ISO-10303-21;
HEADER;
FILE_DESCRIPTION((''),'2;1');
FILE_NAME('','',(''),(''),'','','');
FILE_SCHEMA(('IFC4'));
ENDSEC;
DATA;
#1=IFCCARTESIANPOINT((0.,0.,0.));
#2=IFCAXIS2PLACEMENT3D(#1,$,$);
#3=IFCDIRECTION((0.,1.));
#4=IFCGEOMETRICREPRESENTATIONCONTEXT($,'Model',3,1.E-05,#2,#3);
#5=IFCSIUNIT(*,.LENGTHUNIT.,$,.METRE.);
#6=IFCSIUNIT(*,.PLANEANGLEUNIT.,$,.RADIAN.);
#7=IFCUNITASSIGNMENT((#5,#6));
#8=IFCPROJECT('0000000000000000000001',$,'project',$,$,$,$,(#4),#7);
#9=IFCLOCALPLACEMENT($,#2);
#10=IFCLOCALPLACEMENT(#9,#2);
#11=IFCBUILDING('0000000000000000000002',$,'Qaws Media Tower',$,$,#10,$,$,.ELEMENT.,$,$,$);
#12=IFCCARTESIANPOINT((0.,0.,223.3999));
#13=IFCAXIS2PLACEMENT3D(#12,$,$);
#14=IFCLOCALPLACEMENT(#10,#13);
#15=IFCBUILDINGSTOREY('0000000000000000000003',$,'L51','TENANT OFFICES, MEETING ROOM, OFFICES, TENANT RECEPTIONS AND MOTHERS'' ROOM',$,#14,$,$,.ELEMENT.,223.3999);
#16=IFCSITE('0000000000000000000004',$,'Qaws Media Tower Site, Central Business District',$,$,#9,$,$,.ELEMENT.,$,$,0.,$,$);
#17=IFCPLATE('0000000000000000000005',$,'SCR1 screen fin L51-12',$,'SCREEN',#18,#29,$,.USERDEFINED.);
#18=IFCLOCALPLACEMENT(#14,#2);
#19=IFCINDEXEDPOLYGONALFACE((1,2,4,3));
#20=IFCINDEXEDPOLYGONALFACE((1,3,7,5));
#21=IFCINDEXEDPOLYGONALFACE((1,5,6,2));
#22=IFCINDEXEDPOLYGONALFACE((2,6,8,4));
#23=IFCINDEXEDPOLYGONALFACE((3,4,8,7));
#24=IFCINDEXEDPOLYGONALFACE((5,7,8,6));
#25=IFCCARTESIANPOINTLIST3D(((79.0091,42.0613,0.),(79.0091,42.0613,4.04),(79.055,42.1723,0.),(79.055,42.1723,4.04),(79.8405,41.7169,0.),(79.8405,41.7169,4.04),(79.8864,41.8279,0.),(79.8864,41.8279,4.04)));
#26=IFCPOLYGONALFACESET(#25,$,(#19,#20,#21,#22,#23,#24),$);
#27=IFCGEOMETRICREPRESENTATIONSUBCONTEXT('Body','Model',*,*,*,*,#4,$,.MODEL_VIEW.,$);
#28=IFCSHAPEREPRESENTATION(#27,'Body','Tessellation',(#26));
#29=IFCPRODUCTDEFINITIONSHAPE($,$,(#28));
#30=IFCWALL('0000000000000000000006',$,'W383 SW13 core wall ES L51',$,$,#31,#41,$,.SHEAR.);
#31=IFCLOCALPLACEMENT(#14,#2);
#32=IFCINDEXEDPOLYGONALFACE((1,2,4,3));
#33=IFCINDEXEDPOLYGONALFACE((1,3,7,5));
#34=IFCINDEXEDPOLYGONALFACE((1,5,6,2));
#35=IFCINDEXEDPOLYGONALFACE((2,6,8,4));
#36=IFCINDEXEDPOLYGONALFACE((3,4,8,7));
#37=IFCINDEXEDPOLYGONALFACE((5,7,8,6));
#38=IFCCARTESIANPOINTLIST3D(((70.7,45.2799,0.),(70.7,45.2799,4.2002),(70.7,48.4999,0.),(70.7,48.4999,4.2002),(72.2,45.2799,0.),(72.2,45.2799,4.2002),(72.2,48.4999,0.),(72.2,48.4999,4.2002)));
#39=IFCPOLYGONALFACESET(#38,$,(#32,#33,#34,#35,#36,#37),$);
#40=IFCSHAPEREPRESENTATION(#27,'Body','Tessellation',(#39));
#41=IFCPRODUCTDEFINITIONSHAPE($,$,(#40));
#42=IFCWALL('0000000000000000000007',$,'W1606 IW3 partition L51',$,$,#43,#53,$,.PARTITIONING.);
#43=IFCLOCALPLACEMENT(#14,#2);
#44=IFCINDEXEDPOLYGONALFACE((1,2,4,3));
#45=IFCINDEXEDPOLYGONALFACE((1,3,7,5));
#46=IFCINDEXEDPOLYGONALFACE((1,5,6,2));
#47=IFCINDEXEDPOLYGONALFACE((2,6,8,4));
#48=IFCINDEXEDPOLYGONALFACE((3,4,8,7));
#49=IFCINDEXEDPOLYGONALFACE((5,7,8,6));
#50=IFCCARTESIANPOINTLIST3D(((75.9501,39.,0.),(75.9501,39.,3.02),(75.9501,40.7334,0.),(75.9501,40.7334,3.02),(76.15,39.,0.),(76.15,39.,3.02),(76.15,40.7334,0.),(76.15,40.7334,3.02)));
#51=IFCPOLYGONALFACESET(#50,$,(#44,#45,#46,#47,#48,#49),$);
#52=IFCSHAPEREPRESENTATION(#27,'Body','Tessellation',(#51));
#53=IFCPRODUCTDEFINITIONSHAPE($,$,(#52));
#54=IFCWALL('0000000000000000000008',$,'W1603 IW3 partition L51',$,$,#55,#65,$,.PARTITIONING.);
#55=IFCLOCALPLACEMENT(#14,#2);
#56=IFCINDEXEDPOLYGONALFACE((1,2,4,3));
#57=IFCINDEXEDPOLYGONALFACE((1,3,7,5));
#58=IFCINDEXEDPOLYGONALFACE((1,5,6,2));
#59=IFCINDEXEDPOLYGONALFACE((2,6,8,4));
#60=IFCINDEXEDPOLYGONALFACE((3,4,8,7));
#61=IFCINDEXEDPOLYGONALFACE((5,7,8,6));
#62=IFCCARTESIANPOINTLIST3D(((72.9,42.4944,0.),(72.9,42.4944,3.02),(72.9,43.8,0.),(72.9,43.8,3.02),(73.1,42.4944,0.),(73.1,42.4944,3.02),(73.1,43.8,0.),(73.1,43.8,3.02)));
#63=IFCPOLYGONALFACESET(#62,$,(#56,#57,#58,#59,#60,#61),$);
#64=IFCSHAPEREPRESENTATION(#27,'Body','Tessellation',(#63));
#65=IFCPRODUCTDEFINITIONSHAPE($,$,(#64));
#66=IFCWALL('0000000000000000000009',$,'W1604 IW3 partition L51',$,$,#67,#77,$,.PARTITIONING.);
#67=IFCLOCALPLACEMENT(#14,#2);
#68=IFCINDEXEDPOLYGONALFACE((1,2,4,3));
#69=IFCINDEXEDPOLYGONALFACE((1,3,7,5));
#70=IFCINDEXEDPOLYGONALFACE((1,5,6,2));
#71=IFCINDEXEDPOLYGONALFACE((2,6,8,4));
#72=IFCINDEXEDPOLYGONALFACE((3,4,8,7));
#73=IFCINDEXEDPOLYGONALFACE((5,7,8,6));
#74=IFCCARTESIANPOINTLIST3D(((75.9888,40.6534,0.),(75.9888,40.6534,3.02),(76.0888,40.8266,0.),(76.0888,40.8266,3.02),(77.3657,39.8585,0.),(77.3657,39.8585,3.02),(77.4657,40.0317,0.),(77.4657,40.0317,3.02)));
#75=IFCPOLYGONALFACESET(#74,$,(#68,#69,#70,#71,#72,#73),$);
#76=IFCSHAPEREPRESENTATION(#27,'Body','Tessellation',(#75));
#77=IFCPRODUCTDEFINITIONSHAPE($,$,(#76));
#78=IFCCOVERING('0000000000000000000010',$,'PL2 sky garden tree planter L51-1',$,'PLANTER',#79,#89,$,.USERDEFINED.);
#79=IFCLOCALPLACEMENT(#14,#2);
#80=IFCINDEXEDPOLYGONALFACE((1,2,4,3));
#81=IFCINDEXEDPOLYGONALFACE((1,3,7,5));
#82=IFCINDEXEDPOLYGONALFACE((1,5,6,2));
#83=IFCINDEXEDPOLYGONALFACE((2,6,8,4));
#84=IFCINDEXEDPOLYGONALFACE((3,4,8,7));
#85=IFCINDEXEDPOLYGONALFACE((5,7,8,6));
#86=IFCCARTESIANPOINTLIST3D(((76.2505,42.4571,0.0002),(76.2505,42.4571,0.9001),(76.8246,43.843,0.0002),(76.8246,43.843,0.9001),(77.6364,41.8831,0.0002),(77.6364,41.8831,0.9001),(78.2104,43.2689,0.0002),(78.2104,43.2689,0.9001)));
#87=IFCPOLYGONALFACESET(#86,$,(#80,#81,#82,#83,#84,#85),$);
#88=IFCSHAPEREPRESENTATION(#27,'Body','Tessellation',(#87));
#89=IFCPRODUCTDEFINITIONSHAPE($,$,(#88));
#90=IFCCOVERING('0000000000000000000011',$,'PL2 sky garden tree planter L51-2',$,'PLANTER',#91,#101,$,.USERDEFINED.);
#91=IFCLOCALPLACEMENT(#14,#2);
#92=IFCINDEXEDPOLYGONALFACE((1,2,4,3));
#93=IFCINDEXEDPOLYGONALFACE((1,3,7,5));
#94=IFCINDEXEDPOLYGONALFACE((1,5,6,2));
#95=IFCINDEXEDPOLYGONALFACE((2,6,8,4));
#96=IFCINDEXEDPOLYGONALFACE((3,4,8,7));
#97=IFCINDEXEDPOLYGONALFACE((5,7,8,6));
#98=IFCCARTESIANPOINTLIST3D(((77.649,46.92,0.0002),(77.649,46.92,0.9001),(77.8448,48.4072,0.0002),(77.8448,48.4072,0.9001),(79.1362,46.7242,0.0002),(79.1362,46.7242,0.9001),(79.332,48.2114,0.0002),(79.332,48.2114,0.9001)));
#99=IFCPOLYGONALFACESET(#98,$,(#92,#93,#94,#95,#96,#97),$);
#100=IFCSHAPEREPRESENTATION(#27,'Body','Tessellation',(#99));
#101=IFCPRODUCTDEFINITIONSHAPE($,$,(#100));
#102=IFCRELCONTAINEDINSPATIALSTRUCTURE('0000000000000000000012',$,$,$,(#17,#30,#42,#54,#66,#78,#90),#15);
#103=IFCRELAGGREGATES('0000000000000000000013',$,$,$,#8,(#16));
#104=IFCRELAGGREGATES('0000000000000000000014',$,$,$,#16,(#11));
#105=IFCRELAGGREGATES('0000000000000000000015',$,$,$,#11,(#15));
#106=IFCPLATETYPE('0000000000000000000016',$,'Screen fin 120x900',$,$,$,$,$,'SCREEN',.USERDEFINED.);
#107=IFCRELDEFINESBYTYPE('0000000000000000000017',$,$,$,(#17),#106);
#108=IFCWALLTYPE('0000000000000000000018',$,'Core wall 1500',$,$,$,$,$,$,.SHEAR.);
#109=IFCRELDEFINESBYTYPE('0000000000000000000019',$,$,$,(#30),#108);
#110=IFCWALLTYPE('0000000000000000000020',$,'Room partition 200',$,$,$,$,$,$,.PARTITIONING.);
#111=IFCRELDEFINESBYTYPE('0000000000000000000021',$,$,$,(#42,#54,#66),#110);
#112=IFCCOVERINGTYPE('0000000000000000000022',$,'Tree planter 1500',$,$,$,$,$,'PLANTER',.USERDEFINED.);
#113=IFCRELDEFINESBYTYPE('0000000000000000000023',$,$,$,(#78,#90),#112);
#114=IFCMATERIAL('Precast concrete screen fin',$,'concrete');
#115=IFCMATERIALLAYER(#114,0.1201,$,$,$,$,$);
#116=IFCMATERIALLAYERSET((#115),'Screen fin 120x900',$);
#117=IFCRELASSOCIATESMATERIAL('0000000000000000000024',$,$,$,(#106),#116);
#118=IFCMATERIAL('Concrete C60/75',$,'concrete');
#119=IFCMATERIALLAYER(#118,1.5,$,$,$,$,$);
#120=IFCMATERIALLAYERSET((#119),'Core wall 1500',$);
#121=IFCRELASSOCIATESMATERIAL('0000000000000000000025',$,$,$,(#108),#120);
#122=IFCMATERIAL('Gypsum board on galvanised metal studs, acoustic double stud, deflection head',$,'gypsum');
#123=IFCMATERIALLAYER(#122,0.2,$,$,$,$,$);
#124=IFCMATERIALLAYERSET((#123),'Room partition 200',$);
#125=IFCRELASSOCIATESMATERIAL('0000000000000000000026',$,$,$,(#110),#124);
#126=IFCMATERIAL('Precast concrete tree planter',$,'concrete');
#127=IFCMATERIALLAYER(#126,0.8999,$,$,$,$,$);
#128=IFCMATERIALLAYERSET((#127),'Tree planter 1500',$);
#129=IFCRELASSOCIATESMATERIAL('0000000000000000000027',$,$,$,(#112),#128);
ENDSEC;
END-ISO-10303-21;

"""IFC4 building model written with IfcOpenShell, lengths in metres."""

from ifc_helpers import new_model, si_unit, direction, frame, frame_2d, origin, origin_2d, place, context, subcontext, project, spatial, rectangle, extrude, material, layer, layer_set, type_object, element, save


model = new_model("IFC4")

# Units and contexts
model_context = context("Model", 3, precision=1e-05, world=origin(), true_north=direction((0.0, 1.0)))
body_context = subcontext(model_context, "Body", "Model", "MODEL_VIEW")
ifc_project = project(units=[si_unit("LENGTHUNIT", "METRE"), si_unit("PLANEANGLEUNIT", "RADIAN")], contexts=[model_context])

# Site, building, storey
site_placement = place(None, origin())
site = spatial("IfcSite", under=ifc_project, at=site_placement, Name="Qaws Media Tower Site, Central Business District", CompositionType="ELEMENT", RefElevation=0.0)
building_placement = place(site_placement, origin())
building = spatial("IfcBuilding", under=site, at=building_placement, Name="Qaws Media Tower", CompositionType="ELEMENT")
storey_placement = place(building_placement, frame((0.0, 0.0, 223.3999)))
storey = spatial("IfcBuildingStorey", under=building, at=storey_placement, Name="L51", Description="TENANT OFFICES, MEETING ROOM, OFFICES, TENANT RECEPTIONS AND MOTHERS' ROOM", CompositionType="ELEMENT", Elevation=223.3999)

# Plate
ifc_material_1 = material(Name="Precast concrete screen fin", Category="concrete")
ifc_layer_1 = layer(ifc_material_1, 0.1201)
ifc_layer_set_1 = layer_set([ifc_layer_1], Name="Screen fin 120x900")
plate_type_1 = type_object("IfcPlateType", Name="Screen fin 120x900", ElementType="SCREEN", PredefinedType="USERDEFINED", material=ifc_layer_set_1)
plate_1_placement = place(storey_placement, frame((79.4478, 41.9446, 0.0), z_axis=(0.0, 0.0, 1.0), x_axis=(0.92388, -0.382683, 0.0)))
element("IfcPlate", 1, at=plate_1_placement, inside=storey, type_object=plate_type_1, Name="SCR1 screen fin L51-12", ObjectType="SCREEN", PredefinedType="USERDEFINED", context=body_context, shape_type="SweptSolid", body=[
    extrude(rectangle(XDim=0.8999, YDim=0.1201, at=origin_2d()), origin(), (0.0, 0.0, 1.0), 4.04),
])

# Walls
ifc_material_2 = material(Name="Concrete C60/75", Category="concrete")
ifc_layer_2 = layer(ifc_material_2, 1.5)
ifc_layer_set_2 = layer_set([ifc_layer_2], Name="Core wall 1500")
wall_type_1 = type_object("IfcWallType", Name="Core wall 1500", PredefinedType="SHEAR", material=ifc_layer_set_2)
wall_1_placement = place(storey_placement, frame((71.45, 45.28, 0.0), z_axis=(0.0, 0.0, 1.0), x_axis=(0.0, 1.0, 0.0)))
element("IfcWall", 2, at=wall_1_placement, inside=storey, type_object=wall_type_1, Name="W383 SW13 core wall ES L51", PredefinedType="SHEAR", context=body_context, shape_type="SweptSolid", body=[
    extrude(rectangle(XDim=3.22, YDim=1.5, at=frame_2d((1.6099, 0.0))), origin(), (0.0, 0.0, 1.0), 4.2002),
])
ifc_material_3 = material(Name="Gypsum board on galvanised metal studs, acoustic double stud, deflection head", Category="gypsum")
ifc_layer_3 = layer(ifc_material_3, 0.2)
ifc_layer_set_3 = layer_set([ifc_layer_3], Name="Room partition 200")
wall_type_2 = type_object("IfcWallType", Name="Room partition 200", PredefinedType="PARTITIONING", material=ifc_layer_set_3)
wall_2_placement = place(storey_placement, frame((76.05, 40.7334, 0.0), z_axis=(0.0, 0.0, 1.0), x_axis=(0.0, -1.0, 0.0)))
element("IfcWall", 3, at=wall_2_placement, inside=storey, type_object=wall_type_2, Name="W1606 IW3 partition L51", PredefinedType="PARTITIONING", context=body_context, shape_type="SweptSolid", body=[
    extrude(rectangle(XDim=1.7334, YDim=0.2, at=frame_2d((0.8667, 0.0))), origin(), (0.0, 0.0, 1.0), 3.02),
])
wall_3_placement = place(storey_placement, frame((73.0, 42.4944, 0.0), z_axis=(0.0, 0.0, 1.0), x_axis=(0.0, 1.0, 0.0)))
element("IfcWall", 4, at=wall_3_placement, inside=storey, type_object=wall_type_2, Name="W1603 IW3 partition L51", PredefinedType="PARTITIONING", context=body_context, shape_type="SweptSolid", body=[
    extrude(rectangle(XDim=1.3057, YDim=0.2, at=frame_2d((0.6528, 0.0))), origin(), (0.0, 0.0, 1.0), 3.02),
])
wall_4_placement = place(storey_placement, frame((76.0388, 40.74, 0.0), z_axis=(0.0, 0.0, 1.0), x_axis=(0.866042, -0.499971, 0.0)))
element("IfcWall", 5, at=wall_4_placement, inside=storey, type_object=wall_type_2, Name="W1604 IW3 partition L51", PredefinedType="PARTITIONING", context=body_context, shape_type="SweptSolid", body=[
    extrude(rectangle(XDim=1.5898, YDim=0.2, at=frame_2d((0.7949, 0.0))), origin(), (0.0, 0.0, 1.0), 3.02),
])

# Coverings
ifc_material_4 = material(Name="Precast concrete tree planter", Category="concrete")
ifc_layer_4 = layer(ifc_material_4, 0.8999)
ifc_layer_set_4 = layer_set([ifc_layer_4], Name="Tree planter 1500")
covering_type = type_object("IfcCoveringType", Name="Tree planter 1500", ElementType="PLANTER", PredefinedType="USERDEFINED", material=ifc_layer_set_4)
for number, where, z_axis, x_axis, name in (
    (6, (77.2305, 42.863, 0.0002), (0.0, 0.0, 1.0), (0.92388, -0.382683, 0.0), "PL2 sky garden tree planter L51-1"),
    (7, (78.4905, 47.5657, 0.0002), (0.0, 0.0, 1.0), (0.991445, -0.130526, 0.0), "PL2 sky garden tree planter L51-2"),
):
    element("IfcCovering", number, at=place(storey_placement, frame(where, z_axis=z_axis, x_axis=x_axis)), inside=storey, type_object=covering_type, Name=name, ObjectType="PLANTER", PredefinedType="USERDEFINED", context=body_context, shape_type="SweptSolid", body=[
        extrude(rectangle(XDim=1.5, YDim=1.5, at=origin_2d()), origin(), (0.0, 0.0, 1.0), 0.8999),
    ])

save(model, "model.ifc")
